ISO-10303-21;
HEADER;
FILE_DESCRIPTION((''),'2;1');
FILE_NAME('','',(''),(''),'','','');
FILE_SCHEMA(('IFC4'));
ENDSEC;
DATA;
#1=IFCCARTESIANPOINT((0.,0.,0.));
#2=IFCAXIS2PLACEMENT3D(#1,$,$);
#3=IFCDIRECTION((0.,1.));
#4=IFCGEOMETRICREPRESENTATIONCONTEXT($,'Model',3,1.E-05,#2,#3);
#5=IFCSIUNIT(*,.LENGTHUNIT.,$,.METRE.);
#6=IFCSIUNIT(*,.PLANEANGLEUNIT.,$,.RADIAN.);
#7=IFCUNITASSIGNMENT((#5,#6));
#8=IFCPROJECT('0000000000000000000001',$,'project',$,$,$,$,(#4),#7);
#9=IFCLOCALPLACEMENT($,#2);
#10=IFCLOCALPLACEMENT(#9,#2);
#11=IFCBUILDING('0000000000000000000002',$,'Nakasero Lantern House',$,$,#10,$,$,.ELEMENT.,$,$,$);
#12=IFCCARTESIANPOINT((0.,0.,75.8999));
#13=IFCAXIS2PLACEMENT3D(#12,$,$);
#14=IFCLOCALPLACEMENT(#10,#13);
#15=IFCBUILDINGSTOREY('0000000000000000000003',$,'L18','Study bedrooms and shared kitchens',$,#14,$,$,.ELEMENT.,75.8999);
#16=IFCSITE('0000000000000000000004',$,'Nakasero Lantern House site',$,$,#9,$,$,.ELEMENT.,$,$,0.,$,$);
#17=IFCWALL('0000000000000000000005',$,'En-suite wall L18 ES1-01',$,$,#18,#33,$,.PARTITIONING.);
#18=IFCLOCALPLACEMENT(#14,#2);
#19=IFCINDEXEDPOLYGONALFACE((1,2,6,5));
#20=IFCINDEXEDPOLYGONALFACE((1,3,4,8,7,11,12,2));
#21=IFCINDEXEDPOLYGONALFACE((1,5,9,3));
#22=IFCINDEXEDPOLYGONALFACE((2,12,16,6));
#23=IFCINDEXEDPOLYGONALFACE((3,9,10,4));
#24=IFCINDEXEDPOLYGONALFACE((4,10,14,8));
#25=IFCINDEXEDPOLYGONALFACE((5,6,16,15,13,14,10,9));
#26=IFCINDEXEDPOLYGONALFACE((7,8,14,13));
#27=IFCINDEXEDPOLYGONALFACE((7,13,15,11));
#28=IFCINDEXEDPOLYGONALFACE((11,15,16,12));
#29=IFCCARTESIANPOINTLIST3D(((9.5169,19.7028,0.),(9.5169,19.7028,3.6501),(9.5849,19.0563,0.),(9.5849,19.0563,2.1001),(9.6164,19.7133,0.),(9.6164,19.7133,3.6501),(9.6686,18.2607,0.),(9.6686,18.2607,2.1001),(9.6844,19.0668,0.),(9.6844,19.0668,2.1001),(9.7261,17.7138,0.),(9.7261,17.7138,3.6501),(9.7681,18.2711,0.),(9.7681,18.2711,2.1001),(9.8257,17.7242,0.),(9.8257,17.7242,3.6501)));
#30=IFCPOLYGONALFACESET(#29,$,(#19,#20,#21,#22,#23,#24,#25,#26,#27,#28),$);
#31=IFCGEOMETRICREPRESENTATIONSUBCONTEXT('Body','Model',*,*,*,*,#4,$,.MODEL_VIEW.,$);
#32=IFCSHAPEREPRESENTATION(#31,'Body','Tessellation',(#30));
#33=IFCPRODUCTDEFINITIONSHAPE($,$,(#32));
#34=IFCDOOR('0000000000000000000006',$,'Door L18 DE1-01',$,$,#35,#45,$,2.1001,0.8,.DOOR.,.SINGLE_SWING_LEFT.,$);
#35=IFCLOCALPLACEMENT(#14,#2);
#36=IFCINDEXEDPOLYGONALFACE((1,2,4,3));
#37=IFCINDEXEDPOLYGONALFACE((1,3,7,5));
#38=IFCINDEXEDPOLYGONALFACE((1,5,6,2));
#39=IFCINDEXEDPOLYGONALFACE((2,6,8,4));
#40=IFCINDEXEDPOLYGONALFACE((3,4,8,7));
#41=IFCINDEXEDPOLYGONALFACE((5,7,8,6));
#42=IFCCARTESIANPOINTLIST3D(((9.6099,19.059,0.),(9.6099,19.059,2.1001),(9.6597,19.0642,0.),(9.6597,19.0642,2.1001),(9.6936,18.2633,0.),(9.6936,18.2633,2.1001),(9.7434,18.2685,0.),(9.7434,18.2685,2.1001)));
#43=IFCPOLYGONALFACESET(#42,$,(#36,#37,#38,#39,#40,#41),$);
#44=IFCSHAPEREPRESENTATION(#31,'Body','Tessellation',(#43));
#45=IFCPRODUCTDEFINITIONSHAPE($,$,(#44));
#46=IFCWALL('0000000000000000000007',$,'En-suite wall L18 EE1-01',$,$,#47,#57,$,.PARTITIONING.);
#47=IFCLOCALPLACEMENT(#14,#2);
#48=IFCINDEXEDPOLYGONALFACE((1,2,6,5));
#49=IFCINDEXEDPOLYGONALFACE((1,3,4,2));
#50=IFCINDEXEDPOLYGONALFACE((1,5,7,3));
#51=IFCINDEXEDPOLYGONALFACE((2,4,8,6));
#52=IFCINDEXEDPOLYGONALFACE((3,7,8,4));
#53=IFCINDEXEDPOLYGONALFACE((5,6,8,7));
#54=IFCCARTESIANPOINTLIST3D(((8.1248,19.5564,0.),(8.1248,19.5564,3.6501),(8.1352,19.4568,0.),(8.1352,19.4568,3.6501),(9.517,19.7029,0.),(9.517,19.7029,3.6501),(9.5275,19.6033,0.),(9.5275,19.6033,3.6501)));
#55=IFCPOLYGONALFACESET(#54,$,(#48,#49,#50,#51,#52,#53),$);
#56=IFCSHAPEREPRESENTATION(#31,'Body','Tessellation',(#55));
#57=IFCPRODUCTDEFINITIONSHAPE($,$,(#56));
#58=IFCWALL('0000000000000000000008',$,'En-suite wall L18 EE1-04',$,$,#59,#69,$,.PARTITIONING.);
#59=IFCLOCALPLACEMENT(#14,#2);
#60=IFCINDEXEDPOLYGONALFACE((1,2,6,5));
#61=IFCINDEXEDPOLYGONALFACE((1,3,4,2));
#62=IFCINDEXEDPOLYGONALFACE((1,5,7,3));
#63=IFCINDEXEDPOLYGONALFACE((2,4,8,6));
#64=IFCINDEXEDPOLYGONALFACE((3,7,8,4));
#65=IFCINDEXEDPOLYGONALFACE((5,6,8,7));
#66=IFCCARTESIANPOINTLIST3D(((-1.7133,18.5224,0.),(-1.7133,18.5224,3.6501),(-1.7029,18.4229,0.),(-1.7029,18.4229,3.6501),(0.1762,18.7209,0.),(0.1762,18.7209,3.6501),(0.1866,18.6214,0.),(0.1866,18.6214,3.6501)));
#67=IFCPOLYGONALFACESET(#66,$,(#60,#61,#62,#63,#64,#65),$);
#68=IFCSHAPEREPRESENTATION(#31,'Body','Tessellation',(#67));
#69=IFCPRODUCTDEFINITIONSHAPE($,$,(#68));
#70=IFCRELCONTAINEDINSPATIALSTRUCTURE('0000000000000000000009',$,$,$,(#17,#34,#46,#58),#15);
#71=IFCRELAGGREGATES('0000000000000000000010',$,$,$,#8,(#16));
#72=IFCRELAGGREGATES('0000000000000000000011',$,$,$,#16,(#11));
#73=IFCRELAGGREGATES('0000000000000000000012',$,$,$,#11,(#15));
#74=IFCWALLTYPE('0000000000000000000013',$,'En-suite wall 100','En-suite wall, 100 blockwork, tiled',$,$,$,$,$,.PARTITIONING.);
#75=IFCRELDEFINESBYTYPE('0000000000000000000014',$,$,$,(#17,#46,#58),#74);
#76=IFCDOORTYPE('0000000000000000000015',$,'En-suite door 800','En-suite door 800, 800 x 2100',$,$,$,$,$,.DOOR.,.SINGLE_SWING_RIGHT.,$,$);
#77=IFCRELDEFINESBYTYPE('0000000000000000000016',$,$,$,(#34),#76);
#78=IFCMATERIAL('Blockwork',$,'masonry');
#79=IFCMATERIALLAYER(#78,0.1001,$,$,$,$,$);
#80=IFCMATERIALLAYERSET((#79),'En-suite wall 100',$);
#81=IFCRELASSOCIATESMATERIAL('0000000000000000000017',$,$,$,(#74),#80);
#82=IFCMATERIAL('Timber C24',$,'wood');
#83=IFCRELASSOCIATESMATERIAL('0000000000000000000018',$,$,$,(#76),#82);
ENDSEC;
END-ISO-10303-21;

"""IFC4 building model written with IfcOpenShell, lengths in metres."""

from ifc_helpers import new_model, si_unit, direction, frame, frame_2d, origin, place, context, subcontext, project, spatial, rectangle, extrude, material, layer, layer_set, type_object, element, fill, save


model = new_model("IFC4")

# Units and contexts
model_context = context("Model", 3, precision=1e-05, world=origin(), true_north=direction((0.0, 1.0)))
body_context = subcontext(model_context, "Body", "Model", "MODEL_VIEW")
ifc_project = project(units=[si_unit("LENGTHUNIT", "METRE"), si_unit("PLANEANGLEUNIT", "RADIAN")], contexts=[model_context])

# Site, building, storey
site_placement = place(None, origin())
site = spatial("IfcSite", under=ifc_project, at=site_placement, Name="Nakasero Lantern House site", CompositionType="ELEMENT", RefElevation=0.0)
building_placement = place(site_placement, origin())
building = spatial("IfcBuilding", under=site, at=building_placement, Name="Nakasero Lantern House", CompositionType="ELEMENT")
storey_placement = place(building_placement, frame((0.0, 0.0, 75.8999)))
storey = spatial("IfcBuildingStorey", under=building, at=storey_placement, Name="L18", Description="Study bedrooms and shared kitchens", CompositionType="ELEMENT", Elevation=75.8999)

# Wall, opening, door
ifc_material_1 = material(Name="Blockwork", Category="masonry")
ifc_layer_1 = layer(ifc_material_1, 0.1001)
ifc_layer_set_1 = layer_set([ifc_layer_1], Name="En-suite wall 100")
wall_type_1 = type_object("IfcWallType", Name="En-suite wall 100", Description="En-suite wall, 100 blockwork, tiled", PredefinedType="PARTITIONING", material=ifc_layer_set_1)
wall_1_placement = place(storey_placement, frame((9.7759, 17.719, 0.0), z_axis=(0.0, 0.0, 1.0), x_axis=(-0.104615, 0.994513, 0.0)))
wall_1 = element("IfcWall", 1, at=wall_1_placement, inside=storey, type_object=wall_type_1, Name="En-suite wall L18 ES1-01", PredefinedType="PARTITIONING", context=body_context, shape_type="SweptSolid", body=[
    extrude(rectangle(XDim=2.0, YDim=0.1001, at=frame_2d((1.0, 0.0))), origin(), (0.0, 0.0, 1.0), 3.6501),
])
opening_1_placement = place(wall_1_placement, frame((0.55, 0.0, 0.0)))
opening_1 = element("IfcOpeningElement", 2, at=opening_1_placement, cuts=wall_1, PredefinedType="OPENING", context=body_context, shape_type="SweptSolid", body=[
    extrude(rectangle(XDim=0.8, YDim=2.1001, at=frame_2d((0.3999, 1.05))), frame((0.0, 0.0701, 0.0), z_axis=(0.0, -1.0, 0.0), x_axis=(1.0, 0.0, 0.0)), (0.0, 0.0, 1.0), 0.1401),
])
ifc_material_2 = material(Name="Timber C24", Category="wood")
door_type_1 = type_object("IfcDoorType", Name="En-suite door 800", Description="En-suite door 800, 800 x 2100", OperationType="SINGLE_SWING_RIGHT", PredefinedType="DOOR", material=ifc_material_2)
door_1_placement = place(opening_1_placement, origin())
door_1 = element("IfcDoor", 3, at=door_1_placement, inside=storey, type_object=door_type_1, Name="Door L18 DE1-01", OperationType="SINGLE_SWING_LEFT", OverallHeight=2.1001, OverallWidth=0.8, PredefinedType="DOOR", context=body_context, shape_type="SweptSolid", body=[
    extrude(rectangle(XDim=0.8, YDim=2.1001, at=frame_2d((0.3999, 1.05))), frame((0.0, 0.0249, 0.0), z_axis=(0.0, -1.0, 0.0), x_axis=(1.0, 0.0, 0.0)), (0.0, 0.0, 1.0), 0.05),
])
fill(opening_1, door_1)

# Walls
wall_2_placement = place(storey_placement, frame((9.5222, 19.6531, 0.0), z_axis=(0.0, 0.0, 1.0), x_axis=(-0.994511, -0.10463, 0.0)))
element("IfcWall", 4, at=wall_2_placement, inside=storey, type_object=wall_type_1, Name="En-suite wall L18 EE1-01", PredefinedType="PARTITIONING", context=body_context, shape_type="SweptSolid", body=[
    extrude(rectangle(XDim=1.3999, YDim=0.1001, at=frame_2d((0.7, 0.0))), origin(), (0.0, 0.0, 1.0), 3.6501),
])
wall_3_placement = place(storey_placement, frame((0.1814, 18.6711, 0.0), z_axis=(0.0, 0.0, 1.0), x_axis=(-0.994527, -0.104477, 0.0)))
element("IfcWall", 5, at=wall_3_placement, inside=storey, type_object=wall_type_1, Name="En-suite wall L18 EE1-04", PredefinedType="PARTITIONING", context=body_context, shape_type="SweptSolid", body=[
    extrude(rectangle(XDim=1.8999, YDim=0.1001, at=frame_2d((0.95, 0.0))), origin(), (0.0, 0.0, 1.0), 3.6501),
])

save(model, "model.ifc")
